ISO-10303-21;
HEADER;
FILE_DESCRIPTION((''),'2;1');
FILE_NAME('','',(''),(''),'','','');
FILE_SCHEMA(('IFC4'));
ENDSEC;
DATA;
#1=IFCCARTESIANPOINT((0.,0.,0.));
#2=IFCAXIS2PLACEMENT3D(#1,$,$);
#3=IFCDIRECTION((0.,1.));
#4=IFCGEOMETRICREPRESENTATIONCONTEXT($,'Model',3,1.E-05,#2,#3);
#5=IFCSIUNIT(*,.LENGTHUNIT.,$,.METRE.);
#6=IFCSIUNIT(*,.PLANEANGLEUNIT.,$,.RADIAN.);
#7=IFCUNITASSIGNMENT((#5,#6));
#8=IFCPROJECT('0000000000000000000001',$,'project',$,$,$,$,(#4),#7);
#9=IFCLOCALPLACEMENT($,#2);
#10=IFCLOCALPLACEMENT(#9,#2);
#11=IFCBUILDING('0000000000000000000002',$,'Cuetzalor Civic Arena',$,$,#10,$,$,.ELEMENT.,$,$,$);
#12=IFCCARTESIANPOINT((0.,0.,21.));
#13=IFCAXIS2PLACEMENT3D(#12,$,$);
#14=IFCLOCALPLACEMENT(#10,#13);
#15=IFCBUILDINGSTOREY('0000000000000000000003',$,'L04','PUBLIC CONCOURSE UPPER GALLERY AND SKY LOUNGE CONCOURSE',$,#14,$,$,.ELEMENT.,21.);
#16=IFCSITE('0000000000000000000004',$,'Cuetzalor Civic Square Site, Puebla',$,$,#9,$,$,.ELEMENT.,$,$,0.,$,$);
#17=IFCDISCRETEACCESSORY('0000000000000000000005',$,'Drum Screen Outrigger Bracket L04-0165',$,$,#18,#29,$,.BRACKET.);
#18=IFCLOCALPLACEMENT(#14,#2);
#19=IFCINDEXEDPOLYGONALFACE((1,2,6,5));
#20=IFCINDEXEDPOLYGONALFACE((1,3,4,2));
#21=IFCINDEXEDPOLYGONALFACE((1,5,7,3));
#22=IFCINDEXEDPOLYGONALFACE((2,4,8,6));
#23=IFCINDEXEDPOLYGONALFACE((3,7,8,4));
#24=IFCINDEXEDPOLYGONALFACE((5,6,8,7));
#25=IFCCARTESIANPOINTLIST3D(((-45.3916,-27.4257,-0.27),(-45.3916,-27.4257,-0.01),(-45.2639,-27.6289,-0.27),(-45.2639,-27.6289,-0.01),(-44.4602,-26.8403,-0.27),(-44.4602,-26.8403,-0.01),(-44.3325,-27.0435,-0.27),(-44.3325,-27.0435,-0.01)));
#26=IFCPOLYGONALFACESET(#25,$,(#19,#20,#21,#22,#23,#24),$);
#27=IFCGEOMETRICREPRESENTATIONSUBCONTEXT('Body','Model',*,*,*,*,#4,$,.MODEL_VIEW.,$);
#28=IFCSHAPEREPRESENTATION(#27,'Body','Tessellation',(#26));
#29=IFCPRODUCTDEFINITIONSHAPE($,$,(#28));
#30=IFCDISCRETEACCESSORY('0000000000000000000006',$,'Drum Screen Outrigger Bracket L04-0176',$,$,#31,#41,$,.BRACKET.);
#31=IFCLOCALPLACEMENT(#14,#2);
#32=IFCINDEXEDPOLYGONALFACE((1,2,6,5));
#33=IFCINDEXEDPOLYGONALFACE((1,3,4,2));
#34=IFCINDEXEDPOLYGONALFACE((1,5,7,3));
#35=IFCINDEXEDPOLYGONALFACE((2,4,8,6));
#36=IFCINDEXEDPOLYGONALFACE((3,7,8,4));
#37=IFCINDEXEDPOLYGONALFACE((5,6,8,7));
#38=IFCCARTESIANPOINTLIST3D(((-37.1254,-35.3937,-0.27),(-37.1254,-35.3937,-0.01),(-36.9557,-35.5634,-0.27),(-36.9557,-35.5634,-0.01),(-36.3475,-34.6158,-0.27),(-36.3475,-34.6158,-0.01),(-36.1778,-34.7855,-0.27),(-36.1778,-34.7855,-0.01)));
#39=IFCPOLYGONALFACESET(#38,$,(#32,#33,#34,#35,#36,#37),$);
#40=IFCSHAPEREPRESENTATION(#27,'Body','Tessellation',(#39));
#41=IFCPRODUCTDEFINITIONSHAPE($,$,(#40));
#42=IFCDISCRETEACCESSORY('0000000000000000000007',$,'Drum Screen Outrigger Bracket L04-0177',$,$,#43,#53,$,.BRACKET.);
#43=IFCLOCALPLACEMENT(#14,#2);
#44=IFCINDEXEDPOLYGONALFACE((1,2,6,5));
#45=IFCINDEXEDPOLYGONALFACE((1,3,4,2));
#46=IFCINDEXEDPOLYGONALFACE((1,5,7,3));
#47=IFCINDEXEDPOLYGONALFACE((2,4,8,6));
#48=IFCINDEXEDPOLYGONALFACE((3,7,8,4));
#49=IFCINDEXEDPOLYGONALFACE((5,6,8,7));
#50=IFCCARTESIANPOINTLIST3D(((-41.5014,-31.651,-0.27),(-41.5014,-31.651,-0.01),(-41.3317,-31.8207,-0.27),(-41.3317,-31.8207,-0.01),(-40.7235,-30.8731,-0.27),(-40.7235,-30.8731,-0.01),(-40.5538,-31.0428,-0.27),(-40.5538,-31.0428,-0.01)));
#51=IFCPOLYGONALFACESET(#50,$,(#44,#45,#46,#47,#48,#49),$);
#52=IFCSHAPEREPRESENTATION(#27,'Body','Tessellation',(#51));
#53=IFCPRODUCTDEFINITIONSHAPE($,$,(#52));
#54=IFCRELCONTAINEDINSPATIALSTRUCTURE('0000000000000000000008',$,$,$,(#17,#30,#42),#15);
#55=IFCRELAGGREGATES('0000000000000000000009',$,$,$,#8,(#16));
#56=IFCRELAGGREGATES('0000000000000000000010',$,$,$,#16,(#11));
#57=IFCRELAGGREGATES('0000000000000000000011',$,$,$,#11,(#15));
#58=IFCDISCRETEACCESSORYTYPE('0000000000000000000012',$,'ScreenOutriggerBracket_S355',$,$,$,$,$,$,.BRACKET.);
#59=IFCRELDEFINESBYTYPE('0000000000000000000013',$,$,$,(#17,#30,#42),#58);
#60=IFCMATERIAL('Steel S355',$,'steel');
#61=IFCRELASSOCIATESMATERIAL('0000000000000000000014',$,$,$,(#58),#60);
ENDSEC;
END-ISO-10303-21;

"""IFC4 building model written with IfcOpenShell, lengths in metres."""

from ifc_helpers import new_model, si_unit, direction, frame, origin, origin_2d, place, context, subcontext, project, spatial, rectangle, extrude, material, type_object, element, save


model = new_model("IFC4")

# Units and contexts
model_context = context("Model", 3, precision=1e-05, world=origin(), true_north=direction((0.0, 1.0)))
body_context = subcontext(model_context, "Body", "Model", "MODEL_VIEW")
ifc_project = project(units=[si_unit("LENGTHUNIT", "METRE"), si_unit("PLANEANGLEUNIT", "RADIAN")], contexts=[model_context])

# Site, building, storey
site_placement = place(None, origin())
site = spatial("IfcSite", under=ifc_project, at=site_placement, Name="Cuetzalor Civic Square Site, Puebla", CompositionType="ELEMENT", RefElevation=0.0)
building_placement = place(site_placement, origin())
building = spatial("IfcBuilding", under=site, at=building_placement, Name="Cuetzalor Civic Arena", CompositionType="ELEMENT")
storey_placement = place(building_placement, frame((0.0, 0.0, 21.0)))
storey = spatial("IfcBuildingStorey", under=building, at=storey_placement, Name="L04", Description="PUBLIC CONCOURSE UPPER GALLERY AND SKY LOUNGE CONCOURSE", CompositionType="ELEMENT", Elevation=21.0)

# Discrete accessories
ifc_material_1 = material(Name="Steel S355", Category="steel")
discrete_accessory_type = type_object("IfcDiscreteAccessoryType", Name="ScreenOutriggerBracket_S355", PredefinedType="BRACKET", material=ifc_material_1)
for number, where, z_axis, x_axis, name in (
    (1, (-44.8621, -27.2346, -0.27), (0.0, 0.0, 1.0), (-0.846658, -0.532138, 0.0), "Drum Screen Outrigger Bracket L04-0165"),
    (2, (-36.6516, -35.0896, -0.27), (0.0, 0.0, 1.0), (-0.707107, -0.707107, 0.0), "Drum Screen Outrigger Bracket L04-0176"),
    (3, (-41.0276, -31.3469, -0.27), (0.0, 0.0, 1.0), (-0.707107, -0.707107, 0.0), "Drum Screen Outrigger Bracket L04-0177"),
):
    element("IfcDiscreteAccessory", number, at=place(storey_placement, frame(where, z_axis=z_axis, x_axis=x_axis)), inside=storey, type_object=discrete_accessory_type, Name=name, PredefinedType="BRACKET", context=body_context, shape_type="SweptSolid", body=[
        extrude(rectangle(XDim=1.1001, YDim=0.24, at=origin_2d()), origin(), (0.0, 0.0, 1.0), 0.26),
    ])

save(model, "model.ifc")
